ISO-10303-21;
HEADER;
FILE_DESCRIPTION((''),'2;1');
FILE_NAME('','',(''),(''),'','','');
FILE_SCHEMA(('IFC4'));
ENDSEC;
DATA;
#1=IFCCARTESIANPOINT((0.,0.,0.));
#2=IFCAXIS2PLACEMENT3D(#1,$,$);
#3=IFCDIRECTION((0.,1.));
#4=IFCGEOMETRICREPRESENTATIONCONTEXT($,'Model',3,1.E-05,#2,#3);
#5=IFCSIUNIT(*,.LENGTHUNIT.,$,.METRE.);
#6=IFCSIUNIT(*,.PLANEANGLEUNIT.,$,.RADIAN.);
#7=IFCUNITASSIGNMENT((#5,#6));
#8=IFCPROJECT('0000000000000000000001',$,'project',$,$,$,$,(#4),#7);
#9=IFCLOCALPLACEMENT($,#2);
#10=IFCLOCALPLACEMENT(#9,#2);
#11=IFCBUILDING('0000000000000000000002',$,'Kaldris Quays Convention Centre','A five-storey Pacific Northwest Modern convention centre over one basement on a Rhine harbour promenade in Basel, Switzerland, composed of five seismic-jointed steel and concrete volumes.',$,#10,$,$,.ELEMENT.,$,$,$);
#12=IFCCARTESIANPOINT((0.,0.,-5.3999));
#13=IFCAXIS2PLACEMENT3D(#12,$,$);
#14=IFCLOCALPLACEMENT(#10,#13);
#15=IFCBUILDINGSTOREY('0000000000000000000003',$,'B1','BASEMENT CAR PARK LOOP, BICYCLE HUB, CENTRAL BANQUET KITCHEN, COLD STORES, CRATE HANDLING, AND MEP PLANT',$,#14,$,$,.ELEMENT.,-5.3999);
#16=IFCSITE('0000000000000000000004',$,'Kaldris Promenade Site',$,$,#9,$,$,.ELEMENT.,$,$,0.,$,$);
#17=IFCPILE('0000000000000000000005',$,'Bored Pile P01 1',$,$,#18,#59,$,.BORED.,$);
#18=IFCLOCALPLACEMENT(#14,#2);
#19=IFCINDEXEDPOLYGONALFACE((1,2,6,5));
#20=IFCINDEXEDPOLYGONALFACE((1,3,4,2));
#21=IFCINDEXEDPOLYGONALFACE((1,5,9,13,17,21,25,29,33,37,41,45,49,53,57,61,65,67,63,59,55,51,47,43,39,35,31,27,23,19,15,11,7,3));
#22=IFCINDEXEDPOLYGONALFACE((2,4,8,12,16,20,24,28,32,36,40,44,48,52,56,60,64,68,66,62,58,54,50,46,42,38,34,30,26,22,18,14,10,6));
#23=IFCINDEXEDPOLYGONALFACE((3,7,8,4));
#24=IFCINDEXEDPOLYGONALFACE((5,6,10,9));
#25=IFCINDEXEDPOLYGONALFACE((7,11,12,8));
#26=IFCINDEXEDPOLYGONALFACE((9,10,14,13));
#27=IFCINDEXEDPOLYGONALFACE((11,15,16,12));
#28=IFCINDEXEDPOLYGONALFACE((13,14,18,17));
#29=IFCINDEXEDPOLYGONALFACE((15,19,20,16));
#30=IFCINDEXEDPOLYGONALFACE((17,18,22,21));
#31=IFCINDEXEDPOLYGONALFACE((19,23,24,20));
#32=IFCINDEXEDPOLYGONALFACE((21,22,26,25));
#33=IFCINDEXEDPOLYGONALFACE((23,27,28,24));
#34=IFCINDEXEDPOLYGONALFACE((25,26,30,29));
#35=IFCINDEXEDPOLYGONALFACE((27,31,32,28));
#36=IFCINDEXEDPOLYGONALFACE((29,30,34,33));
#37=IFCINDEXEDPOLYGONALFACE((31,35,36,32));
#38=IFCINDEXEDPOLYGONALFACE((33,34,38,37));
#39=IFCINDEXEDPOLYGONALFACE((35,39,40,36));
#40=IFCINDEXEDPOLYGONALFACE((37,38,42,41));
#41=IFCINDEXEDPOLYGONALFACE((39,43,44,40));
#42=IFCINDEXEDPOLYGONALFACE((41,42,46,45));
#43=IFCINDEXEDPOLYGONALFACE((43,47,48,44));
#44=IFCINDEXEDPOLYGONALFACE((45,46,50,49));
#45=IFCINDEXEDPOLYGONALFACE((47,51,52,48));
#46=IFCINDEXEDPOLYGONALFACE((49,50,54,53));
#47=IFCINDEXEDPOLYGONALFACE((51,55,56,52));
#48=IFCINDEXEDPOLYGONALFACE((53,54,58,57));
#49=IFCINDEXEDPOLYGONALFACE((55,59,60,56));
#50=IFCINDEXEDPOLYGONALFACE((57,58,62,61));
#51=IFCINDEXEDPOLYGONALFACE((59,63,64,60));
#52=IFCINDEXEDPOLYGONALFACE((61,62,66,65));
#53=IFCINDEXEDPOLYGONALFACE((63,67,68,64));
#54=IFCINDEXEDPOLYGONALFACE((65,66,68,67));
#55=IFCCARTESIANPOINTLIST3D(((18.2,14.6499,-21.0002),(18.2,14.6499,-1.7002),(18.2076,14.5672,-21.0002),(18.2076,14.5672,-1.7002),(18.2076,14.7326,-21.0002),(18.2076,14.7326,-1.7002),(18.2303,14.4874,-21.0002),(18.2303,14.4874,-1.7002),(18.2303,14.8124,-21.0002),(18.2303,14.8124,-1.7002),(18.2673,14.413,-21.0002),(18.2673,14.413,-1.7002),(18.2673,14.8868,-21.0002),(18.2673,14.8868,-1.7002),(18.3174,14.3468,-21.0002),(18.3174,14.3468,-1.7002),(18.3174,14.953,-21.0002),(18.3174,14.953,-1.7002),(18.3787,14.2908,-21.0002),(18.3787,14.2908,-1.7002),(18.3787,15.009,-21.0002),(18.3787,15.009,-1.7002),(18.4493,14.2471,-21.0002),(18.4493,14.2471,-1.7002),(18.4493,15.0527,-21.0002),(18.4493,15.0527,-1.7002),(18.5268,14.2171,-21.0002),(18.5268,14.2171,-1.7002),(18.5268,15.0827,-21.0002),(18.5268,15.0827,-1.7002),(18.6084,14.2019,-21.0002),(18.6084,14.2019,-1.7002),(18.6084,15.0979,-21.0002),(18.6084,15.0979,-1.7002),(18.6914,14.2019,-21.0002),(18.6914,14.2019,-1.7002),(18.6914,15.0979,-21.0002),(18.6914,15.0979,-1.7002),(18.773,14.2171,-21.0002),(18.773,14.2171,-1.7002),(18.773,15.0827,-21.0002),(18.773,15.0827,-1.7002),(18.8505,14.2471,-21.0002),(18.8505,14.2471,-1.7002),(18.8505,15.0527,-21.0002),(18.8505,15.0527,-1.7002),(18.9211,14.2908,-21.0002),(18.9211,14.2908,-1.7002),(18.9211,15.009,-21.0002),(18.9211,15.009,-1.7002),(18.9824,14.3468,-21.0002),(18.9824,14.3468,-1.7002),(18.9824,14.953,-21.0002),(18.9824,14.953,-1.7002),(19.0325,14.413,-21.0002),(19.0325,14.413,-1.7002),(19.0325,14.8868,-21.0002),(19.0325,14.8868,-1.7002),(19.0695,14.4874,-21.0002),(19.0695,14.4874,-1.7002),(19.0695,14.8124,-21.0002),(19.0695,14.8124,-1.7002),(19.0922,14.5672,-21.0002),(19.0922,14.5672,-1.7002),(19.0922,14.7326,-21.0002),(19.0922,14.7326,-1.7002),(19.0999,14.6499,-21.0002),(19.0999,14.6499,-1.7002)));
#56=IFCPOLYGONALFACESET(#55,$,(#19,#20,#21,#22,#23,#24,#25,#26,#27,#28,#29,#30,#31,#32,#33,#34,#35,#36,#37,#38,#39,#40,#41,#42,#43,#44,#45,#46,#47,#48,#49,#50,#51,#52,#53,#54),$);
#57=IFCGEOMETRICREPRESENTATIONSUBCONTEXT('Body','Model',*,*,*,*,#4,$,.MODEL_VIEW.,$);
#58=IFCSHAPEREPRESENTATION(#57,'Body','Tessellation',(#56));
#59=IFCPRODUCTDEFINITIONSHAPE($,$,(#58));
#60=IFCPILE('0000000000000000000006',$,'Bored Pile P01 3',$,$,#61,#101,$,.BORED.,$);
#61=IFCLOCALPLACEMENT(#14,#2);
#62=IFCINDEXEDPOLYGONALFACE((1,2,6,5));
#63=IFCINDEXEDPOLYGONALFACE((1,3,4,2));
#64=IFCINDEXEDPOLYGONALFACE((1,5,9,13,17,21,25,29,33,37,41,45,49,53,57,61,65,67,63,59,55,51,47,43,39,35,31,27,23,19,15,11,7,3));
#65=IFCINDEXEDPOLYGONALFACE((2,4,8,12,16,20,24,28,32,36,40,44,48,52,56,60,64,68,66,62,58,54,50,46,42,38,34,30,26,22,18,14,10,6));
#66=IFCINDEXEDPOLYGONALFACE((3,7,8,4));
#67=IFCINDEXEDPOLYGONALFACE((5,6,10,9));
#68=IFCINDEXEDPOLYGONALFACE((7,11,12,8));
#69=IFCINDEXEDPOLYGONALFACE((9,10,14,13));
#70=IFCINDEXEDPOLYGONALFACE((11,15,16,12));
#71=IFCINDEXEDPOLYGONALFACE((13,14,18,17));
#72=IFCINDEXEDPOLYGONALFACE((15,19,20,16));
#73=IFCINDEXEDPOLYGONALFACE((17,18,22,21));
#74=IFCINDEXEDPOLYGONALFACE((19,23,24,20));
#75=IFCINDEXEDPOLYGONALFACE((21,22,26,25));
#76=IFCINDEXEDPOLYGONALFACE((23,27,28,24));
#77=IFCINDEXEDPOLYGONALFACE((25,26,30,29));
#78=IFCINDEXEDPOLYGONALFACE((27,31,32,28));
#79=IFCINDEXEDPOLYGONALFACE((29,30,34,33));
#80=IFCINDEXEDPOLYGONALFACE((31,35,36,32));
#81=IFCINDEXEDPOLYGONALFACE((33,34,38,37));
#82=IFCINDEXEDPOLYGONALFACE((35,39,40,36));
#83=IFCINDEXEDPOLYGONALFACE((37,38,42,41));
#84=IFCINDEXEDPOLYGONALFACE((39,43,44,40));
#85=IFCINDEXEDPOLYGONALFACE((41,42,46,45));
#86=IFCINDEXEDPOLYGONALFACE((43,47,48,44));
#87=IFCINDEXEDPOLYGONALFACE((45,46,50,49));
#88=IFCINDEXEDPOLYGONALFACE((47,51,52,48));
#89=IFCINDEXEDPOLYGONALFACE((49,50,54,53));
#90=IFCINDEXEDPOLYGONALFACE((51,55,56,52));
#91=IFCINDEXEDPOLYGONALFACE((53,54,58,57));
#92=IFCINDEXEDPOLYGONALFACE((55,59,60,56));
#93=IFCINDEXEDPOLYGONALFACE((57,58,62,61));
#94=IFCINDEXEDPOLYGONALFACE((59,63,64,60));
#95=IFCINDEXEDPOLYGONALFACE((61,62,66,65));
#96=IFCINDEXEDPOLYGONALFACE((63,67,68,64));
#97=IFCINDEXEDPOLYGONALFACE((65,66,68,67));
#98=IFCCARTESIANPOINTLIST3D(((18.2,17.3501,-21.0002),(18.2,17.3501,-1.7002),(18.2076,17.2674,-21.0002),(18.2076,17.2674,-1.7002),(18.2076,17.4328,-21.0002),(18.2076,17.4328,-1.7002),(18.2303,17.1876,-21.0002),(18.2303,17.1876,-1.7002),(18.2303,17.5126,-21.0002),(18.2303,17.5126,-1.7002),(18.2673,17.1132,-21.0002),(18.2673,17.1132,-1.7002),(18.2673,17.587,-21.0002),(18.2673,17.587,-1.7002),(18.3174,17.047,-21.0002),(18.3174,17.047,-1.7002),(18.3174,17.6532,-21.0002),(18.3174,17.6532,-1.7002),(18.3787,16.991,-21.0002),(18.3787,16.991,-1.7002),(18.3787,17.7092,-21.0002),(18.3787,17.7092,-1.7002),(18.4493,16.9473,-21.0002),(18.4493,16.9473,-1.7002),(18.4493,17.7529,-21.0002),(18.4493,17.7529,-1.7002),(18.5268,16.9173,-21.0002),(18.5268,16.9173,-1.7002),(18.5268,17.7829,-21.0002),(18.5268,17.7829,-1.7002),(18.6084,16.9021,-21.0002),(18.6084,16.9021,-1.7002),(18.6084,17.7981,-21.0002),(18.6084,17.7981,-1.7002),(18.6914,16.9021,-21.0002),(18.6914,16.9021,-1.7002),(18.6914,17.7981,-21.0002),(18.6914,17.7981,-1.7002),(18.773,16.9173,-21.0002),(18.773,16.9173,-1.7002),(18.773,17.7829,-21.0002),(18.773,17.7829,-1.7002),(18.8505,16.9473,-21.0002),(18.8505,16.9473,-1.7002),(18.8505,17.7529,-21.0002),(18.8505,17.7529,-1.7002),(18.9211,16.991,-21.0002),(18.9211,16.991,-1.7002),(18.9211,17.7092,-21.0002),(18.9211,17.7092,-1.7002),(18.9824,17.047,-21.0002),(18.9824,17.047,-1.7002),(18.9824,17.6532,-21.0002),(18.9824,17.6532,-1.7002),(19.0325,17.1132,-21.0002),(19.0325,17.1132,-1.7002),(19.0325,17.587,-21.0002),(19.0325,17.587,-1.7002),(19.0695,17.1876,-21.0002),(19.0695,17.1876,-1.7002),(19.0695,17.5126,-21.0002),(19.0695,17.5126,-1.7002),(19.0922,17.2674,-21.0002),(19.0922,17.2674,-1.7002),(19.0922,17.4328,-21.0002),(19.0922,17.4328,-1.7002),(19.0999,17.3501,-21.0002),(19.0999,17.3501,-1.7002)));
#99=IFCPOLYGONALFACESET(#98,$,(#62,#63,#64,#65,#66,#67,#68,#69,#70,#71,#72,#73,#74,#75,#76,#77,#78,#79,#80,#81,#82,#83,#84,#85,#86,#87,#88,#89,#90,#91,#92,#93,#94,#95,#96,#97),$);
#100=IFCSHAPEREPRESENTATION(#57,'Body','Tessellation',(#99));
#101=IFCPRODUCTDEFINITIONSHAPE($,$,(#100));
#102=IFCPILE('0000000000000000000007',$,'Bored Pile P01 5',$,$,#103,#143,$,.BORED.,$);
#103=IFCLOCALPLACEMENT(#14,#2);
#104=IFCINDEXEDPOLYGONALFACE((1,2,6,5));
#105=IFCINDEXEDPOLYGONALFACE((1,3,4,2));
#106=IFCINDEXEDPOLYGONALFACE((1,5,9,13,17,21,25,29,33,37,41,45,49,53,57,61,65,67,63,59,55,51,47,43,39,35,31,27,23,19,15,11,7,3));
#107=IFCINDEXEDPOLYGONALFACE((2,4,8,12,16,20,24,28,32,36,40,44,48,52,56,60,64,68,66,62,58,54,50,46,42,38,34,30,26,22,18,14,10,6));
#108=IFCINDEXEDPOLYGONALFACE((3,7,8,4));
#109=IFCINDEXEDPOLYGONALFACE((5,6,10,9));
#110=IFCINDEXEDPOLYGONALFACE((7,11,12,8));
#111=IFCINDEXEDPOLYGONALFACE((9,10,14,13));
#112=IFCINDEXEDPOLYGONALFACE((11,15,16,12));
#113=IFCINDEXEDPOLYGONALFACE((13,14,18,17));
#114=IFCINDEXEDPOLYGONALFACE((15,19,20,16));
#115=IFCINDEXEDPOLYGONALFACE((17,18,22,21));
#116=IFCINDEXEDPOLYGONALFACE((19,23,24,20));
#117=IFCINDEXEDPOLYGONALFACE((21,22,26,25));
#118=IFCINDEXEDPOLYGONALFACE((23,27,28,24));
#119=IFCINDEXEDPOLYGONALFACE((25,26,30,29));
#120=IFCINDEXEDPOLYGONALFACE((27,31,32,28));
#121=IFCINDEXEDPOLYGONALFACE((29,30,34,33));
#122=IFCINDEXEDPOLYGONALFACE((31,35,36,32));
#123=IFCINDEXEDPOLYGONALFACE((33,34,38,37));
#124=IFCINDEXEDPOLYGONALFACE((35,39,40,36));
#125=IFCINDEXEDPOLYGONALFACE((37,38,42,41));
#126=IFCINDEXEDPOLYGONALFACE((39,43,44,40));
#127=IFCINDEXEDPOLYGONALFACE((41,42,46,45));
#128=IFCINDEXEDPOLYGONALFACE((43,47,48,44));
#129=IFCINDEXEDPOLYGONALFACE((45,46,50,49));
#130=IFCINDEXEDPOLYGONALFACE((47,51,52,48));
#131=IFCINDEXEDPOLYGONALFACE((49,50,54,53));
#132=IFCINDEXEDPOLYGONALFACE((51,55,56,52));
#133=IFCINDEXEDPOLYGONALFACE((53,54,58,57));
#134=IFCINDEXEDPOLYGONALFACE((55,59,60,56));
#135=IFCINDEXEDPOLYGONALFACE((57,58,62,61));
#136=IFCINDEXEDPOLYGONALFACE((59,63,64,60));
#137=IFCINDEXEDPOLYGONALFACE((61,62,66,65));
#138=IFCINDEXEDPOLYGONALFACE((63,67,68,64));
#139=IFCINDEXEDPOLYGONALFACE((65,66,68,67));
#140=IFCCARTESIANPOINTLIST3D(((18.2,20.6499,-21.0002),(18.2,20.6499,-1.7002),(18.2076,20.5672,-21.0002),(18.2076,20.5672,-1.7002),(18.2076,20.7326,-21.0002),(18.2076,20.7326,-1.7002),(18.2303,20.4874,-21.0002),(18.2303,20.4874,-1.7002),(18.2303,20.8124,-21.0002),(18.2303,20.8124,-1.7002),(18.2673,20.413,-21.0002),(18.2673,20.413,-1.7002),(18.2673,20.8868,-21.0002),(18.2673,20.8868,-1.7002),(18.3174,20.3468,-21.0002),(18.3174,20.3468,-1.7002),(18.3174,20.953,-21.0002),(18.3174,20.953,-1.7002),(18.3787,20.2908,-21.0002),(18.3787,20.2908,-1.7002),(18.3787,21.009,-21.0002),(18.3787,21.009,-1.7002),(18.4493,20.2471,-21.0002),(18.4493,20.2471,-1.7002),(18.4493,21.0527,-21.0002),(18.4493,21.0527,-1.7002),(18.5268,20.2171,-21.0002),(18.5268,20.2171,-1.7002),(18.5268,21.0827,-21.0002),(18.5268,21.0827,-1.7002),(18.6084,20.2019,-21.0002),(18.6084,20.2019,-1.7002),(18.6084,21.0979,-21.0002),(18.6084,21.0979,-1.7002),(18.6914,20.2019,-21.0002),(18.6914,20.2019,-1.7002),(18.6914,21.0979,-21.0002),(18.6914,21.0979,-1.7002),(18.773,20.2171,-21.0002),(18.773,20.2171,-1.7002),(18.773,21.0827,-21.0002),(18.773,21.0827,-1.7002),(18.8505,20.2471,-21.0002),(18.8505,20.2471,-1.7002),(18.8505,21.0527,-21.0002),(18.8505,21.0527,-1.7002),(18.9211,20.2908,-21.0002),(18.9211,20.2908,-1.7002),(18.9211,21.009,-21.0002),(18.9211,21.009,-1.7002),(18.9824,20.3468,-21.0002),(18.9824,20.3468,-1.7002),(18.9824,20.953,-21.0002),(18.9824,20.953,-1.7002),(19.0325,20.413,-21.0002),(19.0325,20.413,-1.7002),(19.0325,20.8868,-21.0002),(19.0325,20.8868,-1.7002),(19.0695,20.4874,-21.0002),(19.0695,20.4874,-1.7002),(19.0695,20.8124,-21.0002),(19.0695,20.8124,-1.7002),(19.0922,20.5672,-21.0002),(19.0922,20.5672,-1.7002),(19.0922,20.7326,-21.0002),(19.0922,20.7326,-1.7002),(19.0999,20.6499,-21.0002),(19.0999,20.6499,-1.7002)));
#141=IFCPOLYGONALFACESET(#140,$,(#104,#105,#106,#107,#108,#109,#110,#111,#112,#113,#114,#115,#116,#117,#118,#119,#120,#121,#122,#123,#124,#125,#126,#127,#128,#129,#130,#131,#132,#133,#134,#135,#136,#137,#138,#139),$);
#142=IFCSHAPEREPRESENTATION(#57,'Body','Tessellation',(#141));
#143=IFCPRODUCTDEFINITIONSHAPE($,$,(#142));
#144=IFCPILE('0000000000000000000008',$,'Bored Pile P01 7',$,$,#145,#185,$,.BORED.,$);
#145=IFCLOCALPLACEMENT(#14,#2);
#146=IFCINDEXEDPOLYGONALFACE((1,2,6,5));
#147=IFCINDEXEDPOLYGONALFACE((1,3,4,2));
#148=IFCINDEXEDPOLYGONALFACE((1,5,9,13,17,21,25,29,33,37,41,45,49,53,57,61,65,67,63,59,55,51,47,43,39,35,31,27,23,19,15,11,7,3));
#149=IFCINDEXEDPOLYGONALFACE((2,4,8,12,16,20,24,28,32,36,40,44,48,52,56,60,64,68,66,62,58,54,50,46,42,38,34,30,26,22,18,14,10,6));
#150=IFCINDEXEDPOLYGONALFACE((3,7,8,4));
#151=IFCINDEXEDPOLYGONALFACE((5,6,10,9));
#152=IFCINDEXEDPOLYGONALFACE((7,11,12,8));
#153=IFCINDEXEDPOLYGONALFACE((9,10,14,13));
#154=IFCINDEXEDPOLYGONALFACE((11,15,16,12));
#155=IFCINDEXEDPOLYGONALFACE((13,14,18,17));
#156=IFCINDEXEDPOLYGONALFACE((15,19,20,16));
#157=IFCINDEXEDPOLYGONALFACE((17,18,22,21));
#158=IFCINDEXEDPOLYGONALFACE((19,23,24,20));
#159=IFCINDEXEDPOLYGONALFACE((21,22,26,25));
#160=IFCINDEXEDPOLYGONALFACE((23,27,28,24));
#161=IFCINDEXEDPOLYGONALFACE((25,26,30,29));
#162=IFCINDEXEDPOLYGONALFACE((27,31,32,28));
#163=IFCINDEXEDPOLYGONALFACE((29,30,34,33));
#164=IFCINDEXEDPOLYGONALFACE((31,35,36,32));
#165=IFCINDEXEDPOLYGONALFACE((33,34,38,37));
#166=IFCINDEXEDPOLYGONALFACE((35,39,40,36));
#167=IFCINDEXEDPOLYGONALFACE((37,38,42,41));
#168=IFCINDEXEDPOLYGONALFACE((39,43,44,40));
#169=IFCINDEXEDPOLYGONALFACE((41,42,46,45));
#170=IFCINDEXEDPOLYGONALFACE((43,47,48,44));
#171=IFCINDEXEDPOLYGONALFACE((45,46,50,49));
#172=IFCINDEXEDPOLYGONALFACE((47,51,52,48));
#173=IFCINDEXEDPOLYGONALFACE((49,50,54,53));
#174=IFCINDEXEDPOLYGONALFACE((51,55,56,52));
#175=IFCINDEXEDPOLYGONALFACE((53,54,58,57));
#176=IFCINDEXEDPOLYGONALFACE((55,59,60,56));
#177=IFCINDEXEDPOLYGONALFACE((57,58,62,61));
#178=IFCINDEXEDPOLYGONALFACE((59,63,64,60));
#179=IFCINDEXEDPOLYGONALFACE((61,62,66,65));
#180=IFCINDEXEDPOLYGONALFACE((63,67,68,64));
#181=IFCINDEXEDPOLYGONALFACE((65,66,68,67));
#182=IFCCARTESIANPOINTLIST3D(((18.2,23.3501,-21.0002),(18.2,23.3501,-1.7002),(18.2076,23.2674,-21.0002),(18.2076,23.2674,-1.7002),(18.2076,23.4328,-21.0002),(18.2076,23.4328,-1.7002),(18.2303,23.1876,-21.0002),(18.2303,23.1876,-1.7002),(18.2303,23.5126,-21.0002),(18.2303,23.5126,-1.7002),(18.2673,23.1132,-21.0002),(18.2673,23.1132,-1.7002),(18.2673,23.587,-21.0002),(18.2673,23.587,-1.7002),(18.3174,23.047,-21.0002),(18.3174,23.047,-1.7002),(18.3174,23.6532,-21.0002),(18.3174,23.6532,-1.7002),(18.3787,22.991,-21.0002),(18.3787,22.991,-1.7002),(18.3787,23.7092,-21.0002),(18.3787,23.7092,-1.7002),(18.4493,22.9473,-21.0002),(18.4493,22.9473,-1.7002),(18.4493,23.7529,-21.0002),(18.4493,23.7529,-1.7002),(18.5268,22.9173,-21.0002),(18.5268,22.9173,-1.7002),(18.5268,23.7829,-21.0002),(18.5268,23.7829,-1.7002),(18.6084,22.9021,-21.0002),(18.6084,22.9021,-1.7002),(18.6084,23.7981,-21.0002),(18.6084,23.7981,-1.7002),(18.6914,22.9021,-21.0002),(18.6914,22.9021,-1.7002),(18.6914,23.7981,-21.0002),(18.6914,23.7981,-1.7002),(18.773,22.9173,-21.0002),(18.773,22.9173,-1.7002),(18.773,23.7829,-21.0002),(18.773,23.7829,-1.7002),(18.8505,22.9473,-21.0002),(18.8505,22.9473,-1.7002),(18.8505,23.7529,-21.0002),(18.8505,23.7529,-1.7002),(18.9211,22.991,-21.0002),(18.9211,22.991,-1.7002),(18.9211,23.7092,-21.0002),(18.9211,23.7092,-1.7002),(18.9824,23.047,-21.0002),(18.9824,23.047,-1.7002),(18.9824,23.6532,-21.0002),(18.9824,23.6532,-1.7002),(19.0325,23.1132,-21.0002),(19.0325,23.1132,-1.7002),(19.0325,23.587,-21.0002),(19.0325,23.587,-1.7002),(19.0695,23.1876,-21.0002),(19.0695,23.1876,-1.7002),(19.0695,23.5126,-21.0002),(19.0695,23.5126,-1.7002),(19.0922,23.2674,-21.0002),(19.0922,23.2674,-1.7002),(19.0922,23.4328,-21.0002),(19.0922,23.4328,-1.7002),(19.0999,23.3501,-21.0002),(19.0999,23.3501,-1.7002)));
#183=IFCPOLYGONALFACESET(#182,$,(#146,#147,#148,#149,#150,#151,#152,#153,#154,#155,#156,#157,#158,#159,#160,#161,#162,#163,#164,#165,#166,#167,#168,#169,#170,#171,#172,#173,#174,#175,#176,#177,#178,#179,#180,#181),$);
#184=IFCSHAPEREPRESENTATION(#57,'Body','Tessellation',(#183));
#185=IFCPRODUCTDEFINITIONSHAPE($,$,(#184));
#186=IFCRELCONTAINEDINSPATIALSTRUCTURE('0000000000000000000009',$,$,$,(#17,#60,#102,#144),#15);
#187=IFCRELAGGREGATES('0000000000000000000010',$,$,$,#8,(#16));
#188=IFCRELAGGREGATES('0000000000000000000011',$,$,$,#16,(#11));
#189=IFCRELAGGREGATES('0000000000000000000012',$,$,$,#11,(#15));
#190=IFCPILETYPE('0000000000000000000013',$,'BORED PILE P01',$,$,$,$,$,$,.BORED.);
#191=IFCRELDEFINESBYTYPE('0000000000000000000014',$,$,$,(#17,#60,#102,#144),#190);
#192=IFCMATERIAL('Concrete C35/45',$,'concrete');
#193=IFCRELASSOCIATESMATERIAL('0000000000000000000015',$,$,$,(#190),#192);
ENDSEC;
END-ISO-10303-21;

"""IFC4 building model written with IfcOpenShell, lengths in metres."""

from ifc_helpers import new_model, si_unit, direction, frame, origin, origin_2d, place, context, subcontext, project, spatial, circle, extrude, material, material_profile, profile_set, type_object, element, save


model = new_model("IFC4")

# Units and contexts
model_context = context("Model", 3, precision=1e-05, world=origin(), true_north=direction((0.0, 1.0)))
body_context = subcontext(model_context, "Body", "Model", "MODEL_VIEW")
ifc_project = project(units=[si_unit("LENGTHUNIT", "METRE"), si_unit("PLANEANGLEUNIT", "RADIAN")], contexts=[model_context])

# Site, building, storey
site_placement = place(None, origin())
site = spatial("IfcSite", under=ifc_project, at=site_placement, Name="Kaldris Promenade Site", CompositionType="ELEMENT", RefElevation=0.0)
building_placement = place(site_placement, origin())
building = spatial("IfcBuilding", under=site, at=building_placement, Name="Kaldris Quays Convention Centre", Description="A five-storey Pacific Northwest Modern convention centre over one basement on a Rhine harbour promenade in Basel, Switzerland, composed of five seismic-jointed steel and concrete volumes.", CompositionType="ELEMENT")
storey_placement = place(building_placement, frame((0.0, 0.0, -5.3999)))
storey = spatial("IfcBuildingStorey", under=building, at=storey_placement, Name="B1", Description="BASEMENT CAR PARK LOOP, BICYCLE HUB, CENTRAL BANQUET KITCHEN, COLD STORES, CRATE HANDLING, AND MEP PLANT", CompositionType="ELEMENT", Elevation=-5.3999)

# Piles
ifc_material = material(Name="Concrete C35/45", Category="concrete")
ifc_material_profile = material_profile(ifc_material, circle(Radius=0.45, at=origin_2d()), Name="BORED PILE D900")
ifc_profile_set = profile_set([ifc_material_profile], Name="Concrete C35/45")
pile_type = type_object("IfcPileType", Name="BORED PILE P01", PredefinedType="BORED", material=ifc_profile_set)
for number, where, z_axis, x_axis, name in (
    (1, (18.6499, 14.6499, -1.7002), (0.0, 0.0, -1.0), (1.0, 0.0, 0.0), "Bored Pile P01 1"),
    (2, (18.6499, 17.3501, -1.7002), (0.0, 0.0, -1.0), (1.0, 0.0, 0.0), "Bored Pile P01 3"),
    (3, (18.6499, 20.6499, -1.7002), (0.0, 0.0, -1.0), (1.0, 0.0, 0.0), "Bored Pile P01 5"),
    (4, (18.6499, 23.3501, -1.7002), (0.0, 0.0, -1.0), (1.0, 0.0, 0.0), "Bored Pile P01 7"),
):
    element("IfcPile", number, at=place(storey_placement, frame(where, z_axis=z_axis, x_axis=x_axis)), inside=storey, type_object=pile_type, Name=name, PredefinedType="BORED", context=body_context, shape_type="SweptSolid", body=[
        extrude(circle(Radius=0.45, at=origin_2d()), origin(), (0.0, 0.0, 1.0), 19.3),
    ])

save(model, "model.ifc")
